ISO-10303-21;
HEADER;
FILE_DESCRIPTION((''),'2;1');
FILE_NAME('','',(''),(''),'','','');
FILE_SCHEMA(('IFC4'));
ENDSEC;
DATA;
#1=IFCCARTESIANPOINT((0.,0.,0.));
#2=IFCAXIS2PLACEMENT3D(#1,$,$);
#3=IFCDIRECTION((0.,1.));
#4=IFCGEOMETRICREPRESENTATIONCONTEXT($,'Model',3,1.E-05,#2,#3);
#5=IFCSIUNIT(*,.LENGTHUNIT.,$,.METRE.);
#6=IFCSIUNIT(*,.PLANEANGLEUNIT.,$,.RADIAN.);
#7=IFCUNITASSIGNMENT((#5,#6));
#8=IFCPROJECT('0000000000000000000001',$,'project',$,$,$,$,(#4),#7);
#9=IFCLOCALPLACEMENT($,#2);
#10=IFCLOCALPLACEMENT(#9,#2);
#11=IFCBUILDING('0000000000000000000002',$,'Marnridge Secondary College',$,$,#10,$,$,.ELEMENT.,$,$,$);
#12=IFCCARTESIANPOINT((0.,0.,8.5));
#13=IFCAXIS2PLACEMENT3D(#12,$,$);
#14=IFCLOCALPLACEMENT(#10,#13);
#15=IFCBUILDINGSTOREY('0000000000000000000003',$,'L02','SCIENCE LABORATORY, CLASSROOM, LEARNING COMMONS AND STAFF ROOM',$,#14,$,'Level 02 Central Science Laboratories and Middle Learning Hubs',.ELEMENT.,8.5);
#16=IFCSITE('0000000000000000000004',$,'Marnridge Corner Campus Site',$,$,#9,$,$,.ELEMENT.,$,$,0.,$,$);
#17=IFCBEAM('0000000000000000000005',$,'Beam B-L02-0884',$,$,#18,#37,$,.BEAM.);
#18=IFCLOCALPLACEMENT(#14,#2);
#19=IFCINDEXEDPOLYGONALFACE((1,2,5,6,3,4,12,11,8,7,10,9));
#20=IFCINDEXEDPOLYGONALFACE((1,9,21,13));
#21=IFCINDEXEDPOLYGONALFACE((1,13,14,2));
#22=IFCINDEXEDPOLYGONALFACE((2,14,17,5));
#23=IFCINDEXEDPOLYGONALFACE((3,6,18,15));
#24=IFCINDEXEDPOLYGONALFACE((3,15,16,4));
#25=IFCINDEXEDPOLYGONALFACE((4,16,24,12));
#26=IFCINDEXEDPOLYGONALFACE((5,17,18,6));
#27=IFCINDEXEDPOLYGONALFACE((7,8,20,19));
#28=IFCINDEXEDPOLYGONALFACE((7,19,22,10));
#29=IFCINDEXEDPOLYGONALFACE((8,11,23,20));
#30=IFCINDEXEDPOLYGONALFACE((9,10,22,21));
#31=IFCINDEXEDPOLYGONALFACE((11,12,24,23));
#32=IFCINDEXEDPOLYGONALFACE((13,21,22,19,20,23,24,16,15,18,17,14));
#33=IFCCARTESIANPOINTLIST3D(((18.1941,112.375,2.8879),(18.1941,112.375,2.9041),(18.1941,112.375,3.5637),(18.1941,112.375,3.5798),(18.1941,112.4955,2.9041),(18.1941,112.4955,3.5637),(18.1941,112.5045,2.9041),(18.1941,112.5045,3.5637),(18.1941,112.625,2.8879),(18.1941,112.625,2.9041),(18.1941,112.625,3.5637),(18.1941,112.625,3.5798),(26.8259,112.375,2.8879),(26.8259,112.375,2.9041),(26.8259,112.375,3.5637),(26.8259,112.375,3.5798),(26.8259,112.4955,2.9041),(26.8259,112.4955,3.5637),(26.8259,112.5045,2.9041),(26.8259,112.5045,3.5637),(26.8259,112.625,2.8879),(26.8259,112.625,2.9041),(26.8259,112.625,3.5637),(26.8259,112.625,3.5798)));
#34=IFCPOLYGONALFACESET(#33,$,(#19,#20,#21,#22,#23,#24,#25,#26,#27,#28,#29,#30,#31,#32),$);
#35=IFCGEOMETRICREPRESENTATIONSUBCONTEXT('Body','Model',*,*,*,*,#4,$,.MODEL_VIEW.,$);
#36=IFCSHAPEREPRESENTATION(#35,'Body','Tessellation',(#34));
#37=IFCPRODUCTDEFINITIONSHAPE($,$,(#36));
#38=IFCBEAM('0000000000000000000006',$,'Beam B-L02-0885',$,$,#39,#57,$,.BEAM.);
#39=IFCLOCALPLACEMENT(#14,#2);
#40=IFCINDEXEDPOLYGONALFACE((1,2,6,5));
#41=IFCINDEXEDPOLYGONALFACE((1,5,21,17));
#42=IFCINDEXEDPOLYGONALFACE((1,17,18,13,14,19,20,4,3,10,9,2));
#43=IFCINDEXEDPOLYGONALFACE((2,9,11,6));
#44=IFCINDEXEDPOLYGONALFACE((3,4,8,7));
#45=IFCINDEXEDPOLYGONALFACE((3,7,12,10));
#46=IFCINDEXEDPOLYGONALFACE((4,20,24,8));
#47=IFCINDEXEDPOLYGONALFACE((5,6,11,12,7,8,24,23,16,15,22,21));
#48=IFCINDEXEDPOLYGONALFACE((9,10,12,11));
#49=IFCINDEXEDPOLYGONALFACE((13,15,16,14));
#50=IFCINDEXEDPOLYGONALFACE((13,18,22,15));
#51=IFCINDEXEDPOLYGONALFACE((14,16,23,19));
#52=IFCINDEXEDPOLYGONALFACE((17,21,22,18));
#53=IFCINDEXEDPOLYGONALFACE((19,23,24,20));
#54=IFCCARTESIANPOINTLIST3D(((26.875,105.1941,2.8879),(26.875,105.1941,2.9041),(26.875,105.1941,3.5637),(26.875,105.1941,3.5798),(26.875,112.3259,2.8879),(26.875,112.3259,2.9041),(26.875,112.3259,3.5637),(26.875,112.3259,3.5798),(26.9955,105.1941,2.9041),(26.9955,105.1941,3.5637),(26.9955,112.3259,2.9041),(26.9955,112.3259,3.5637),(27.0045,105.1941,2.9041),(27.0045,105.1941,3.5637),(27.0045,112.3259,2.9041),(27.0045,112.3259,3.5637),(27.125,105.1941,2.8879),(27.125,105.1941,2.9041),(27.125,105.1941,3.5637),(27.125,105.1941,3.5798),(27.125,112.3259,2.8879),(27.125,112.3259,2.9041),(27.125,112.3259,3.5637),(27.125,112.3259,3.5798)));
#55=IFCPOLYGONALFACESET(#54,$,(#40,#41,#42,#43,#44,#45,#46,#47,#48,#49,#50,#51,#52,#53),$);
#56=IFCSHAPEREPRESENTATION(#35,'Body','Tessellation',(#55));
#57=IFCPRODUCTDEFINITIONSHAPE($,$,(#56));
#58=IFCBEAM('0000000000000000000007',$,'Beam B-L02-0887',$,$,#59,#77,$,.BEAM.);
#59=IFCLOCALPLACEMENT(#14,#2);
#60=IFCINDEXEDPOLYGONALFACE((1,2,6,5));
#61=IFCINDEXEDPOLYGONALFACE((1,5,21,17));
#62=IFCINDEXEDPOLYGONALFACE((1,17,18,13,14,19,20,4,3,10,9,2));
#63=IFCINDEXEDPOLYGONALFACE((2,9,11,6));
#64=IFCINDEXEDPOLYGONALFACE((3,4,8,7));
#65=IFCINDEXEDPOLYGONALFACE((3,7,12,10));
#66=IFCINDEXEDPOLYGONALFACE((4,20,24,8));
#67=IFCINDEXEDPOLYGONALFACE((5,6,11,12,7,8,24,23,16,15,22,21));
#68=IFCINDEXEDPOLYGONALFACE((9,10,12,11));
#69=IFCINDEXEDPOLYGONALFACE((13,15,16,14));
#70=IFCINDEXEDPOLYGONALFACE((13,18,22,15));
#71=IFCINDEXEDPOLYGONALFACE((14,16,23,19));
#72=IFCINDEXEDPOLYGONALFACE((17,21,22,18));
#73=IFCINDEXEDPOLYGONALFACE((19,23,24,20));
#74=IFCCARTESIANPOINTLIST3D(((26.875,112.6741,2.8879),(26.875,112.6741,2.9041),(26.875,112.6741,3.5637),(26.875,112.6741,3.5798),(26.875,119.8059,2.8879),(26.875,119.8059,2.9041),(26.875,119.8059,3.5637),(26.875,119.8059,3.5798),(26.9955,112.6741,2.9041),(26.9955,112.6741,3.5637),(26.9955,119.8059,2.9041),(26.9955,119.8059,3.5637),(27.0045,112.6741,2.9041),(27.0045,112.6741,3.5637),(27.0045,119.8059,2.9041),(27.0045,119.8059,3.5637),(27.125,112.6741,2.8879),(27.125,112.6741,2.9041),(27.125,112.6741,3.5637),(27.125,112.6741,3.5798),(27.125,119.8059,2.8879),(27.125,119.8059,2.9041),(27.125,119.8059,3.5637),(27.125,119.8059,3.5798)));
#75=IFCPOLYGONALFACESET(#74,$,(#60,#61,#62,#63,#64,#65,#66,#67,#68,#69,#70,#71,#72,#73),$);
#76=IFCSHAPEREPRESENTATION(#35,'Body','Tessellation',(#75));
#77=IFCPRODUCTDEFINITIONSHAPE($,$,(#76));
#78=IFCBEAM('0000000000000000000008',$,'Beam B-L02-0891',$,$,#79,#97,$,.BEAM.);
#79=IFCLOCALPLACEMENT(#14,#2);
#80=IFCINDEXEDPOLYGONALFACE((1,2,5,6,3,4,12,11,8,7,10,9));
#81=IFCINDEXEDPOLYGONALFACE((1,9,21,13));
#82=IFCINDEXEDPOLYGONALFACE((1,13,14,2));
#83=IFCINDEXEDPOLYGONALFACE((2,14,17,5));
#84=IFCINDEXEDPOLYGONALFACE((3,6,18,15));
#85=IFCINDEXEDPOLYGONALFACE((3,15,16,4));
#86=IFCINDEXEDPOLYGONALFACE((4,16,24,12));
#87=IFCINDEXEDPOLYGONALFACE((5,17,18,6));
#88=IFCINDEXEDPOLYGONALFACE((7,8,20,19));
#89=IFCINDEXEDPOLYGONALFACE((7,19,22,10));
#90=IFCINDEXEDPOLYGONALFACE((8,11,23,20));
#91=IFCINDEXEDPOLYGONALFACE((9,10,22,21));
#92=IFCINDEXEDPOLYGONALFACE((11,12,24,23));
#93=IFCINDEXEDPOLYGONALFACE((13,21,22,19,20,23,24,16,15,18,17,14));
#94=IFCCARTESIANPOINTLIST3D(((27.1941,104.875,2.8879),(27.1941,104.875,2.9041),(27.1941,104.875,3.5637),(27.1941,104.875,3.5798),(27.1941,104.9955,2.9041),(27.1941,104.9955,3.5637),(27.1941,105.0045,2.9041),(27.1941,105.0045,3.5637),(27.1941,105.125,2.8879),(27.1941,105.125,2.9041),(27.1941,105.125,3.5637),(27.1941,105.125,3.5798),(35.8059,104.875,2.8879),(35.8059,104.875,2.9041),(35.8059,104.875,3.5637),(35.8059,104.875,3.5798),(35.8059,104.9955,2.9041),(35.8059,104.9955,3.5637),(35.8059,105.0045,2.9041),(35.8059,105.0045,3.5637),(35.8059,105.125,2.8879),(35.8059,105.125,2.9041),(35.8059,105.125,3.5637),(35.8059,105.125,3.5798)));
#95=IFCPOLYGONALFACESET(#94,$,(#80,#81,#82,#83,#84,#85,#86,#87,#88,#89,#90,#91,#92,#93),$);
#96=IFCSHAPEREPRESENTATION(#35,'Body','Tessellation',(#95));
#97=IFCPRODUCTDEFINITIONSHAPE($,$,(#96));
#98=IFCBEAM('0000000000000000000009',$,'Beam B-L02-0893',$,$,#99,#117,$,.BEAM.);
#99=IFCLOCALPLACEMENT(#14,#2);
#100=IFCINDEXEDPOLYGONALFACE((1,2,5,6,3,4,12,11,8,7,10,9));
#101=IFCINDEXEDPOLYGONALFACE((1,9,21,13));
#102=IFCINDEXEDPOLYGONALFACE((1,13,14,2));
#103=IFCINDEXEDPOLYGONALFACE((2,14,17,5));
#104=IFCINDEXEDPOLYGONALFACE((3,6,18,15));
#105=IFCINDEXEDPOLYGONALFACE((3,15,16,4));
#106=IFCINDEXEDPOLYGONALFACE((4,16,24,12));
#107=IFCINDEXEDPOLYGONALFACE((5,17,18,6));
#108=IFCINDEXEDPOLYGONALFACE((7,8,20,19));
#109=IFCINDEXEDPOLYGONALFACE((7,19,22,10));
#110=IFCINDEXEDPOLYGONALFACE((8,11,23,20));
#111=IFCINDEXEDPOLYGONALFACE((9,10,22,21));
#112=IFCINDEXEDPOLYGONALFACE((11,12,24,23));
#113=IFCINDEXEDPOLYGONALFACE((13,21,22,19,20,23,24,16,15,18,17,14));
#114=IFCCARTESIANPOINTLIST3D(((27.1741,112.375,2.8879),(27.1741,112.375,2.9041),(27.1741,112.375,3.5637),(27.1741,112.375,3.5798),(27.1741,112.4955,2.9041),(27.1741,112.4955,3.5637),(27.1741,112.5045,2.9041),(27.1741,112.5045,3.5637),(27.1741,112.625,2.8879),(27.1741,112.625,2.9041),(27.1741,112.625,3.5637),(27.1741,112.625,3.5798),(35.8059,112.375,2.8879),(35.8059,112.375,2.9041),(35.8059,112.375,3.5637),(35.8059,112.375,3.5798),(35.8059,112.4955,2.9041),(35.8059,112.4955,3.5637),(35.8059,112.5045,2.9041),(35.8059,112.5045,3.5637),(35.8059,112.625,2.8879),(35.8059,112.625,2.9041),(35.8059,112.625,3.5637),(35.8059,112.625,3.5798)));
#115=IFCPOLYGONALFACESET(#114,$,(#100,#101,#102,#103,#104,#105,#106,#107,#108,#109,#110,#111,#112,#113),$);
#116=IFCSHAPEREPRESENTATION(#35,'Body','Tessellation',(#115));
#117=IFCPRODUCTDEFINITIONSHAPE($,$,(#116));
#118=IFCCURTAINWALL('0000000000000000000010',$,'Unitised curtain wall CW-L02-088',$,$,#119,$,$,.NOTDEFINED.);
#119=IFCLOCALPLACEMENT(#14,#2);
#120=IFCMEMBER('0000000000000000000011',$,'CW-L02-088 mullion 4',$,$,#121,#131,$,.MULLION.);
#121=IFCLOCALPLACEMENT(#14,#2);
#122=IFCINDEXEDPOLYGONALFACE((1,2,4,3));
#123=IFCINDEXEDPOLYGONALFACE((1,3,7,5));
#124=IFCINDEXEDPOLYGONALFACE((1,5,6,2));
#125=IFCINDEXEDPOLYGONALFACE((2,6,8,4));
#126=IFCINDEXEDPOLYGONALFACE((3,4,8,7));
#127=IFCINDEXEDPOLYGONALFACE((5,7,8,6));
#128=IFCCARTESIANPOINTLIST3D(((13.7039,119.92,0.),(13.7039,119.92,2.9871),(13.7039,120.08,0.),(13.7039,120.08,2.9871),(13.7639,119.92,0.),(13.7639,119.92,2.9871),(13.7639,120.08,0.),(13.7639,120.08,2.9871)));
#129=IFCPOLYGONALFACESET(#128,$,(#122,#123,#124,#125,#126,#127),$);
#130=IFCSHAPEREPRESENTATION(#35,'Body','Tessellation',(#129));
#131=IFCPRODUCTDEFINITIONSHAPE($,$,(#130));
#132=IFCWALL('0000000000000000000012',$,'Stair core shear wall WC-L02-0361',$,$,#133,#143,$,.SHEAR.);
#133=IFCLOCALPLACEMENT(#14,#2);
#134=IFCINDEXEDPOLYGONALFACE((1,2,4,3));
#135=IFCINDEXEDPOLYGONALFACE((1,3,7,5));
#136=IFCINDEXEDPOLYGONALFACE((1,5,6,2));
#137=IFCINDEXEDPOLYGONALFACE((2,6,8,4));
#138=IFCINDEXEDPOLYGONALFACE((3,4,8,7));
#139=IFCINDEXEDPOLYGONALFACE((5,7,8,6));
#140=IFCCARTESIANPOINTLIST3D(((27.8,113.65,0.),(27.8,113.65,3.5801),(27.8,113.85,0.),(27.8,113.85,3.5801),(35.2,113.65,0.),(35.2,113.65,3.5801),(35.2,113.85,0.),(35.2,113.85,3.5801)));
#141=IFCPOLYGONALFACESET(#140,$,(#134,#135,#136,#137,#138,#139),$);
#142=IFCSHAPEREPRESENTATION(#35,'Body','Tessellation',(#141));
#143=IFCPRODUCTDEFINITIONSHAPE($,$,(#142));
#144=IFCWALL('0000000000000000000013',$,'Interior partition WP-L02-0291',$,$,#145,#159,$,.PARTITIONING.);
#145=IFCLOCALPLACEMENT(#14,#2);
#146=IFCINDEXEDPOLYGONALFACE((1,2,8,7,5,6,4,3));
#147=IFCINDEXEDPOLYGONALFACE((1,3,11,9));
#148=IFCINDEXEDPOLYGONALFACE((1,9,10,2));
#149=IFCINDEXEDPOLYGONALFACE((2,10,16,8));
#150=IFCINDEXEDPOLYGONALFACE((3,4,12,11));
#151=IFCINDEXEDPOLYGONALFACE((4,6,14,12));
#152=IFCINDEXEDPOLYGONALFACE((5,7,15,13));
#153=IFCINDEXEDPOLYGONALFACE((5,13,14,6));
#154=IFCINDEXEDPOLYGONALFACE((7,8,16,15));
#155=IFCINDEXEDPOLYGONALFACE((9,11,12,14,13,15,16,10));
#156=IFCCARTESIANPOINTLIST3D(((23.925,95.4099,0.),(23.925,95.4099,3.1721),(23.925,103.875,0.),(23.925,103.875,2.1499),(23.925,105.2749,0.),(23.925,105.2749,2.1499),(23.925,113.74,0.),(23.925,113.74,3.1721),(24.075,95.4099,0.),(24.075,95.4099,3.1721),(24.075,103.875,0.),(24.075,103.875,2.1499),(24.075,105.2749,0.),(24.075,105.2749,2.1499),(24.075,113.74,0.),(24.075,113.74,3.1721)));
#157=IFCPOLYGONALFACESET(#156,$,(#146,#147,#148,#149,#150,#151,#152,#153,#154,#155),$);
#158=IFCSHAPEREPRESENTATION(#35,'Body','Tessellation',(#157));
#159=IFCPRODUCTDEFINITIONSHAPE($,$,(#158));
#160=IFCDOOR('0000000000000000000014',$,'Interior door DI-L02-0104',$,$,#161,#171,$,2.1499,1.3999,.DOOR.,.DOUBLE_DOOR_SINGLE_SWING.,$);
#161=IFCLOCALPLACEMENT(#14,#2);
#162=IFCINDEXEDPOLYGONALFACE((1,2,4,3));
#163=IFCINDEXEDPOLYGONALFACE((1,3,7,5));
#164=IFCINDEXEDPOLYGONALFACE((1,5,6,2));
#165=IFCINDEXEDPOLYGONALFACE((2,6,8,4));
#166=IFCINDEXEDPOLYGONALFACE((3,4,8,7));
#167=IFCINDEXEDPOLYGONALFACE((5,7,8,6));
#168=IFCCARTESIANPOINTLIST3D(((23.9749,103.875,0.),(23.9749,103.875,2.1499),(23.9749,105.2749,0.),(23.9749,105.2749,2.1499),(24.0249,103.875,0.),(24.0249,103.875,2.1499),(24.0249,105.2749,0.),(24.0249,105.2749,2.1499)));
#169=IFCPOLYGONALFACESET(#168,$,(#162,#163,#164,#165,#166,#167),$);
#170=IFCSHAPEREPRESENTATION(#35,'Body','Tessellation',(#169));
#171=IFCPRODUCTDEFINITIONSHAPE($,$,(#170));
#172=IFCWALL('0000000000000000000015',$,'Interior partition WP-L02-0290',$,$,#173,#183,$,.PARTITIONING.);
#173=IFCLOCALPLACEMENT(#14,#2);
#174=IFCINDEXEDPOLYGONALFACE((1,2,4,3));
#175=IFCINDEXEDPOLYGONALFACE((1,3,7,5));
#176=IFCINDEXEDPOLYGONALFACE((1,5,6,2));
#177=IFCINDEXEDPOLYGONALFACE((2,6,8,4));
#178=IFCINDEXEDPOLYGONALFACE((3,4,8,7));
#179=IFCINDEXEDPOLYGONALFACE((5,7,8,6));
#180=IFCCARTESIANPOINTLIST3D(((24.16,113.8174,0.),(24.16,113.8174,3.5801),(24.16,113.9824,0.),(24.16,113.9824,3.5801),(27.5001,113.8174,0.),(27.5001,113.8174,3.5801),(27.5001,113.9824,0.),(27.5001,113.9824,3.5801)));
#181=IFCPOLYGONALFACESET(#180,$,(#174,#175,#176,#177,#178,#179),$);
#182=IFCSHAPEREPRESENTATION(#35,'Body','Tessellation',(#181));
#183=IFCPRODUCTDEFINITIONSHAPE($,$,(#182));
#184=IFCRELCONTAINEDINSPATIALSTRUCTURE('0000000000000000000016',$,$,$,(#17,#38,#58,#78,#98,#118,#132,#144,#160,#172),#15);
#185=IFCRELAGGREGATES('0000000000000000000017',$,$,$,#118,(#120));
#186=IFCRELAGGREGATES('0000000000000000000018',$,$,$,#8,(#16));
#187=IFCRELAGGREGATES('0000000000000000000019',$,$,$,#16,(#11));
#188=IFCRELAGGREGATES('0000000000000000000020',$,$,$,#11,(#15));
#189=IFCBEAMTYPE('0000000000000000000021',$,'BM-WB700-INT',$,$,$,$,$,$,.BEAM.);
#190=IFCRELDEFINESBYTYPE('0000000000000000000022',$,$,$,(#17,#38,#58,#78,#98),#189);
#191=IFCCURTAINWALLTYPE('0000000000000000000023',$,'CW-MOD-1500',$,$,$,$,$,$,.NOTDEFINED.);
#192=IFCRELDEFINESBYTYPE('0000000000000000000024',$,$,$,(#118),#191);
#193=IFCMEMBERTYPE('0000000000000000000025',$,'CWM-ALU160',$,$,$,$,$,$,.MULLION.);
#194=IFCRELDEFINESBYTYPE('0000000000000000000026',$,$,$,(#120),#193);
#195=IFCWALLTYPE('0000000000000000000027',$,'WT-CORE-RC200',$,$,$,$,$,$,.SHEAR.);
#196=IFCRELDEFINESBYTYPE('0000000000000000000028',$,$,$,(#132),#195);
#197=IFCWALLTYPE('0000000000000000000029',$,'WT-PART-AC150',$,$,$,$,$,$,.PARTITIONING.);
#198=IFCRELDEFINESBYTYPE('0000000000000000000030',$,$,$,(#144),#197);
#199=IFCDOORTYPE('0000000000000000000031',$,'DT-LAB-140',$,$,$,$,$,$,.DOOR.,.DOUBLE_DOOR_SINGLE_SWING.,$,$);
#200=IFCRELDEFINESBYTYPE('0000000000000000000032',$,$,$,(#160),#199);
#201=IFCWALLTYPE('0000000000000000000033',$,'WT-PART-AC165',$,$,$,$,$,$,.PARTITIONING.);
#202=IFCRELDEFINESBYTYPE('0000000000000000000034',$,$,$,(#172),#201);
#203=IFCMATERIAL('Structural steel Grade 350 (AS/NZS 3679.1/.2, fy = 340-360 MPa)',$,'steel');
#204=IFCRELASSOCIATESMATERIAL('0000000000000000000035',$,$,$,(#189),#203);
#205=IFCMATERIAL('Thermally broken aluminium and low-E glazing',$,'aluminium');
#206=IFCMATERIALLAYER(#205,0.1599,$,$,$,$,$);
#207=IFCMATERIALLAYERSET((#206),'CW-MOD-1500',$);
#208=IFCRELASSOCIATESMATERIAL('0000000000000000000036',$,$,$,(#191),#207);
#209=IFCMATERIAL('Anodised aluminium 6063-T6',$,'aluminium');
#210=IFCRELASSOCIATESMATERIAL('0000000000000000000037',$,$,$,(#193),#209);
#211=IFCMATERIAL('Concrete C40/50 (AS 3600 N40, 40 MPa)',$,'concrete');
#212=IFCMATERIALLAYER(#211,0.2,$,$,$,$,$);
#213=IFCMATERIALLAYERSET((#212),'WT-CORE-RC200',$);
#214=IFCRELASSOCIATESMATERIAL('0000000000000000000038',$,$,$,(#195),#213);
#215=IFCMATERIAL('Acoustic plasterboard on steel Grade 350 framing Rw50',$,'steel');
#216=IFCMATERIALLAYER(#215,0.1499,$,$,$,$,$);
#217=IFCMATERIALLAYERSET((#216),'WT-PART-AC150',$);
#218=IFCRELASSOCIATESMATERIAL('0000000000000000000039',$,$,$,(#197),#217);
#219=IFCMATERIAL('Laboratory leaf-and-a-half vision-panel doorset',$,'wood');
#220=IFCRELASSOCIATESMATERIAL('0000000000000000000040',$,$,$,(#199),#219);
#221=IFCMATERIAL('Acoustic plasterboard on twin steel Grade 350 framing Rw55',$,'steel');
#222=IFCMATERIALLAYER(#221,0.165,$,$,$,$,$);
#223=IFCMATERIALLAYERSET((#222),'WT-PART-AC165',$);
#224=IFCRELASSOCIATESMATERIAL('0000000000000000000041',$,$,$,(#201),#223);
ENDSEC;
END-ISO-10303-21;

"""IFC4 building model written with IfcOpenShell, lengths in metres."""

from ifc_helpers import new_model, si_unit, direction, frame, frame_2d, origin, origin_2d, place, context, subcontext, project, spatial, rectangle, i_section, extrude, material, layer, layer_set, material_profile, profile_set, type_object, element, fill, aggregate, save


model = new_model("IFC4")

# Units and contexts
model_context = context("Model", 3, precision=1e-05, world=origin(), true_north=direction((0.0, 1.0)))
body_context = subcontext(model_context, "Body", "Model", "MODEL_VIEW")
ifc_project = project(units=[si_unit("LENGTHUNIT", "METRE"), si_unit("PLANEANGLEUNIT", "RADIAN")], contexts=[model_context])

# Site, building, storey
site_placement = place(None, origin())
site = spatial("IfcSite", under=ifc_project, at=site_placement, Name="Marnridge Corner Campus Site", CompositionType="ELEMENT", RefElevation=0.0)
building_placement = place(site_placement, origin())
building = spatial("IfcBuilding", under=site, at=building_placement, Name="Marnridge Secondary College", CompositionType="ELEMENT")
storey_placement = place(building_placement, frame((0.0, 0.0, 8.5)))
storey = spatial("IfcBuildingStorey", under=building, at=storey_placement, Name="L02", Description="SCIENCE LABORATORY, CLASSROOM, LEARNING COMMONS AND STAFF ROOM", LongName="Level 02 Central Science Laboratories and Middle Learning Hubs", CompositionType="ELEMENT", Elevation=8.5)

# Beams
ifc_material_1 = material(Name="Structural steel Grade 350 (AS/NZS 3679.1/.2, fy = 340-360 MPa)", Category="steel")
ifc_material_profile_1 = material_profile(ifc_material_1, i_section(OverallWidth=0.25, OverallDepth=0.6919, WebThickness=0.009, FlangeThickness=0.0161, at=origin_2d()), Name="700WB115")
ifc_profile_set_1 = profile_set([ifc_material_profile_1], Name="Structural steel Grade 350 (AS/NZS 3679.1/.2, fy = 340-360 MPa)")
beam_type_1 = type_object("IfcBeamType", Name="BM-WB700-INT", PredefinedType="BEAM", material=ifc_profile_set_1)
for number, where, z_axis, x_axis, name in (
    (1, (18.1941, 112.5, 3.2339), (1.0, 0.0, 0.0), (0.0, 1.0, 0.0), "Beam B-L02-0884"),
):
    element("IfcBeam", number, at=place(storey_placement, frame(where, z_axis=z_axis, x_axis=x_axis)), inside=storey, type_object=beam_type_1, Name=name, PredefinedType="BEAM", context=body_context, shape_type="SweptSolid", body=[
        extrude(i_section(OverallWidth=0.25, OverallDepth=0.6919, WebThickness=0.009, FlangeThickness=0.0161, at=origin_2d()), origin(), (0.0, 0.0, 1.0), 8.6318),
    ])
for number, where, z_axis, x_axis, name in (
    (2, (27.0, 105.1941, 3.2339), (0.0, 1.0, 0.0), (-1.0, 0.0, 0.0), "Beam B-L02-0885"),
    (3, (27.0, 112.6741, 3.2339), (0.0, 1.0, 0.0), (-1.0, 0.0, 0.0), "Beam B-L02-0887"),
):
    element("IfcBeam", number, at=place(storey_placement, frame(where, z_axis=z_axis, x_axis=x_axis)), inside=storey, type_object=beam_type_1, Name=name, PredefinedType="BEAM", context=body_context, shape_type="SweptSolid", body=[
        extrude(i_section(OverallWidth=0.25, OverallDepth=0.6919, WebThickness=0.009, FlangeThickness=0.0161, at=origin_2d()), origin(), (0.0, 0.0, 1.0), 7.1318),
    ])
beam_1_placement = place(storey_placement, frame((27.1941, 105.0, 3.2339), z_axis=(1.0, 0.0, 0.0), x_axis=(0.0, 1.0, 0.0)))
element("IfcBeam", 4, at=beam_1_placement, inside=storey, type_object=beam_type_1, Name="Beam B-L02-0891", PredefinedType="BEAM", context=body_context, shape_type="SweptSolid", body=[
    extrude(i_section(OverallWidth=0.25, OverallDepth=0.6919, WebThickness=0.009, FlangeThickness=0.0161, at=origin_2d()), origin(), (0.0, 0.0, 1.0), 8.6118),
])
beam_2_placement = place(storey_placement, frame((27.1741, 112.5, 3.2339), z_axis=(1.0, 0.0, 0.0), x_axis=(0.0, 1.0, 0.0)))
element("IfcBeam", 5, at=beam_2_placement, inside=storey, type_object=beam_type_1, Name="Beam B-L02-0893", PredefinedType="BEAM", context=body_context, shape_type="SweptSolid", body=[
    extrude(i_section(OverallWidth=0.25, OverallDepth=0.6919, WebThickness=0.009, FlangeThickness=0.0161, at=origin_2d()), origin(), (0.0, 0.0, 1.0), 8.6318),
])

# Curtain wall, member
ifc_material_2 = material(Name="Thermally broken aluminium and low-E glazing", Category="aluminium")
ifc_layer_1 = layer(ifc_material_2, 0.1599)
ifc_layer_set_1 = layer_set([ifc_layer_1], Name="CW-MOD-1500")
curtain_wall_type = type_object("IfcCurtainWallType", Name="CW-MOD-1500", PredefinedType="NOTDEFINED", material=ifc_layer_set_1)
curtain_wall_placement = place(storey_placement, origin())
curtain_wall = element("IfcCurtainWall", 6, at=curtain_wall_placement, inside=storey, type_object=curtain_wall_type, Name="Unitised curtain wall CW-L02-088", PredefinedType="NOTDEFINED")
ifc_material_3 = material(Name="Anodised aluminium 6063-T6", Category="aluminium")
ifc_material_profile_2 = material_profile(ifc_material_3, rectangle(XDim=0.0601, YDim=0.1599, at=origin_2d()), Name="ALU 60x160")
ifc_profile_set_2 = profile_set([ifc_material_profile_2], Name="Anodised aluminium 6063-T6")
member_type = type_object("IfcMemberType", Name="CWM-ALU160", PredefinedType="MULLION", material=ifc_profile_set_2)
member_placement = place(storey_placement, frame((13.7339, 120.0, 0.0), z_axis=(0.0, 0.0, 1.0), x_axis=(1.0, 0.0, 0.0)))
member = element("IfcMember", 7, at=member_placement, type_object=member_type, Name="CW-L02-088 mullion 4", PredefinedType="MULLION", context=body_context, shape_type="SweptSolid", body=[
    extrude(rectangle(XDim=0.0601, YDim=0.1599, at=origin_2d()), origin(), (0.0, 0.0, 1.0), 2.9871),
])
aggregate(curtain_wall, [member])

# Wall
ifc_material_4 = material(Name="Concrete C40/50 (AS 3600 N40, 40 MPa)", Category="concrete")
ifc_layer_2 = layer(ifc_material_4, 0.2)
ifc_layer_set_2 = layer_set([ifc_layer_2], Name="WT-CORE-RC200")
wall_type_1 = type_object("IfcWallType", Name="WT-CORE-RC200", PredefinedType="SHEAR", material=ifc_layer_set_2)
wall_1_placement = place(storey_placement, frame((27.8, 113.75, 0.0), z_axis=(0.0, 0.0, 1.0), x_axis=(1.0, 0.0, 0.0)))
element("IfcWall", 8, at=wall_1_placement, inside=storey, type_object=wall_type_1, Name="Stair core shear wall WC-L02-0361", PredefinedType="SHEAR", context=body_context, shape_type="SweptSolid", body=[
    extrude(rectangle(XDim=7.3999, YDim=0.2, at=frame_2d((3.7, 0.0))), origin(), (0.0, 0.0, 1.0), 3.5801),
])

# Wall, opening, door
ifc_material_5 = material(Name="Acoustic plasterboard on steel Grade 350 framing Rw50", Category="steel")
ifc_layer_3 = layer(ifc_material_5, 0.1499)
ifc_layer_set_3 = layer_set([ifc_layer_3], Name="WT-PART-AC150")
wall_type_2 = type_object("IfcWallType", Name="WT-PART-AC150", PredefinedType="PARTITIONING", material=ifc_layer_set_3)
wall_2_placement = place(storey_placement, frame((24.0, 113.74, 0.0), z_axis=(0.0, 0.0, 1.0), x_axis=(0.0, -1.0, 0.0)))
wall_2 = element("IfcWall", 9, at=wall_2_placement, inside=storey, type_object=wall_type_2, Name="Interior partition WP-L02-0291", PredefinedType="PARTITIONING", context=body_context, shape_type="SweptSolid", body=[
    extrude(rectangle(XDim=18.3301, YDim=0.1499, at=frame_2d((9.165, 0.0))), origin(), (0.0, 0.0, 1.0), 3.1721),
])
opening_1_placement = place(wall_2_placement, frame((8.4651, 0.0, 0.0)))
opening_1 = element("IfcOpeningElement", 10, at=opening_1_placement, cuts=wall_2, PredefinedType="OPENING", context=body_context, shape_type="SweptSolid", body=[
    extrude(rectangle(XDim=1.3999, YDim=2.1499, at=frame_2d((0.7, 1.075))), frame((0.0, 0.085, 0.0), z_axis=(0.0, -1.0, 0.0), x_axis=(1.0, 0.0, 0.0)), (0.0, 0.0, 1.0), 0.1699),
])
ifc_material_6 = material(Name="Laboratory leaf-and-a-half vision-panel doorset", Category="wood")
door_type_1 = type_object("IfcDoorType", Name="DT-LAB-140", OperationType="DOUBLE_DOOR_SINGLE_SWING", PredefinedType="DOOR", material=ifc_material_6)
door_1_placement = place(opening_1_placement, origin())
door_1 = element("IfcDoor", 11, at=door_1_placement, inside=storey, type_object=door_type_1, Name="Interior door DI-L02-0104", OperationType="DOUBLE_DOOR_SINGLE_SWING", OverallHeight=2.1499, OverallWidth=1.3999, PredefinedType="DOOR", context=body_context, shape_type="SweptSolid", body=[
    extrude(rectangle(XDim=1.3999, YDim=2.1499, at=frame_2d((0.7, 1.075))), frame((0.0, 0.0249, 0.0), z_axis=(0.0, -1.0, 0.0), x_axis=(1.0, 0.0, 0.0)), (0.0, 0.0, 1.0), 0.05),
])
fill(opening_1, door_1)

# Wall
ifc_material_7 = material(Name="Acoustic plasterboard on twin steel Grade 350 framing Rw55", Category="steel")
ifc_layer_4 = layer(ifc_material_7, 0.165)
ifc_layer_set_4 = layer_set([ifc_layer_4], Name="WT-PART-AC165")
wall_type_3 = type_object("IfcWallType", Name="WT-PART-AC165", PredefinedType="PARTITIONING", material=ifc_layer_set_4)
wall_3_placement = place(storey_placement, frame((27.5, 113.8999, 0.0), z_axis=(0.0, 0.0, 1.0), x_axis=(-1.0, 0.0, 0.0)))
element("IfcWall", 12, at=wall_3_placement, inside=storey, type_object=wall_type_3, Name="Interior partition WP-L02-0290", PredefinedType="PARTITIONING", context=body_context, shape_type="SweptSolid", body=[
    extrude(rectangle(XDim=3.3401, YDim=0.165, at=frame_2d((1.6699, 0.0))), origin(), (0.0, 0.0, 1.0), 3.5801),
])

save(model, "model.ifc")
